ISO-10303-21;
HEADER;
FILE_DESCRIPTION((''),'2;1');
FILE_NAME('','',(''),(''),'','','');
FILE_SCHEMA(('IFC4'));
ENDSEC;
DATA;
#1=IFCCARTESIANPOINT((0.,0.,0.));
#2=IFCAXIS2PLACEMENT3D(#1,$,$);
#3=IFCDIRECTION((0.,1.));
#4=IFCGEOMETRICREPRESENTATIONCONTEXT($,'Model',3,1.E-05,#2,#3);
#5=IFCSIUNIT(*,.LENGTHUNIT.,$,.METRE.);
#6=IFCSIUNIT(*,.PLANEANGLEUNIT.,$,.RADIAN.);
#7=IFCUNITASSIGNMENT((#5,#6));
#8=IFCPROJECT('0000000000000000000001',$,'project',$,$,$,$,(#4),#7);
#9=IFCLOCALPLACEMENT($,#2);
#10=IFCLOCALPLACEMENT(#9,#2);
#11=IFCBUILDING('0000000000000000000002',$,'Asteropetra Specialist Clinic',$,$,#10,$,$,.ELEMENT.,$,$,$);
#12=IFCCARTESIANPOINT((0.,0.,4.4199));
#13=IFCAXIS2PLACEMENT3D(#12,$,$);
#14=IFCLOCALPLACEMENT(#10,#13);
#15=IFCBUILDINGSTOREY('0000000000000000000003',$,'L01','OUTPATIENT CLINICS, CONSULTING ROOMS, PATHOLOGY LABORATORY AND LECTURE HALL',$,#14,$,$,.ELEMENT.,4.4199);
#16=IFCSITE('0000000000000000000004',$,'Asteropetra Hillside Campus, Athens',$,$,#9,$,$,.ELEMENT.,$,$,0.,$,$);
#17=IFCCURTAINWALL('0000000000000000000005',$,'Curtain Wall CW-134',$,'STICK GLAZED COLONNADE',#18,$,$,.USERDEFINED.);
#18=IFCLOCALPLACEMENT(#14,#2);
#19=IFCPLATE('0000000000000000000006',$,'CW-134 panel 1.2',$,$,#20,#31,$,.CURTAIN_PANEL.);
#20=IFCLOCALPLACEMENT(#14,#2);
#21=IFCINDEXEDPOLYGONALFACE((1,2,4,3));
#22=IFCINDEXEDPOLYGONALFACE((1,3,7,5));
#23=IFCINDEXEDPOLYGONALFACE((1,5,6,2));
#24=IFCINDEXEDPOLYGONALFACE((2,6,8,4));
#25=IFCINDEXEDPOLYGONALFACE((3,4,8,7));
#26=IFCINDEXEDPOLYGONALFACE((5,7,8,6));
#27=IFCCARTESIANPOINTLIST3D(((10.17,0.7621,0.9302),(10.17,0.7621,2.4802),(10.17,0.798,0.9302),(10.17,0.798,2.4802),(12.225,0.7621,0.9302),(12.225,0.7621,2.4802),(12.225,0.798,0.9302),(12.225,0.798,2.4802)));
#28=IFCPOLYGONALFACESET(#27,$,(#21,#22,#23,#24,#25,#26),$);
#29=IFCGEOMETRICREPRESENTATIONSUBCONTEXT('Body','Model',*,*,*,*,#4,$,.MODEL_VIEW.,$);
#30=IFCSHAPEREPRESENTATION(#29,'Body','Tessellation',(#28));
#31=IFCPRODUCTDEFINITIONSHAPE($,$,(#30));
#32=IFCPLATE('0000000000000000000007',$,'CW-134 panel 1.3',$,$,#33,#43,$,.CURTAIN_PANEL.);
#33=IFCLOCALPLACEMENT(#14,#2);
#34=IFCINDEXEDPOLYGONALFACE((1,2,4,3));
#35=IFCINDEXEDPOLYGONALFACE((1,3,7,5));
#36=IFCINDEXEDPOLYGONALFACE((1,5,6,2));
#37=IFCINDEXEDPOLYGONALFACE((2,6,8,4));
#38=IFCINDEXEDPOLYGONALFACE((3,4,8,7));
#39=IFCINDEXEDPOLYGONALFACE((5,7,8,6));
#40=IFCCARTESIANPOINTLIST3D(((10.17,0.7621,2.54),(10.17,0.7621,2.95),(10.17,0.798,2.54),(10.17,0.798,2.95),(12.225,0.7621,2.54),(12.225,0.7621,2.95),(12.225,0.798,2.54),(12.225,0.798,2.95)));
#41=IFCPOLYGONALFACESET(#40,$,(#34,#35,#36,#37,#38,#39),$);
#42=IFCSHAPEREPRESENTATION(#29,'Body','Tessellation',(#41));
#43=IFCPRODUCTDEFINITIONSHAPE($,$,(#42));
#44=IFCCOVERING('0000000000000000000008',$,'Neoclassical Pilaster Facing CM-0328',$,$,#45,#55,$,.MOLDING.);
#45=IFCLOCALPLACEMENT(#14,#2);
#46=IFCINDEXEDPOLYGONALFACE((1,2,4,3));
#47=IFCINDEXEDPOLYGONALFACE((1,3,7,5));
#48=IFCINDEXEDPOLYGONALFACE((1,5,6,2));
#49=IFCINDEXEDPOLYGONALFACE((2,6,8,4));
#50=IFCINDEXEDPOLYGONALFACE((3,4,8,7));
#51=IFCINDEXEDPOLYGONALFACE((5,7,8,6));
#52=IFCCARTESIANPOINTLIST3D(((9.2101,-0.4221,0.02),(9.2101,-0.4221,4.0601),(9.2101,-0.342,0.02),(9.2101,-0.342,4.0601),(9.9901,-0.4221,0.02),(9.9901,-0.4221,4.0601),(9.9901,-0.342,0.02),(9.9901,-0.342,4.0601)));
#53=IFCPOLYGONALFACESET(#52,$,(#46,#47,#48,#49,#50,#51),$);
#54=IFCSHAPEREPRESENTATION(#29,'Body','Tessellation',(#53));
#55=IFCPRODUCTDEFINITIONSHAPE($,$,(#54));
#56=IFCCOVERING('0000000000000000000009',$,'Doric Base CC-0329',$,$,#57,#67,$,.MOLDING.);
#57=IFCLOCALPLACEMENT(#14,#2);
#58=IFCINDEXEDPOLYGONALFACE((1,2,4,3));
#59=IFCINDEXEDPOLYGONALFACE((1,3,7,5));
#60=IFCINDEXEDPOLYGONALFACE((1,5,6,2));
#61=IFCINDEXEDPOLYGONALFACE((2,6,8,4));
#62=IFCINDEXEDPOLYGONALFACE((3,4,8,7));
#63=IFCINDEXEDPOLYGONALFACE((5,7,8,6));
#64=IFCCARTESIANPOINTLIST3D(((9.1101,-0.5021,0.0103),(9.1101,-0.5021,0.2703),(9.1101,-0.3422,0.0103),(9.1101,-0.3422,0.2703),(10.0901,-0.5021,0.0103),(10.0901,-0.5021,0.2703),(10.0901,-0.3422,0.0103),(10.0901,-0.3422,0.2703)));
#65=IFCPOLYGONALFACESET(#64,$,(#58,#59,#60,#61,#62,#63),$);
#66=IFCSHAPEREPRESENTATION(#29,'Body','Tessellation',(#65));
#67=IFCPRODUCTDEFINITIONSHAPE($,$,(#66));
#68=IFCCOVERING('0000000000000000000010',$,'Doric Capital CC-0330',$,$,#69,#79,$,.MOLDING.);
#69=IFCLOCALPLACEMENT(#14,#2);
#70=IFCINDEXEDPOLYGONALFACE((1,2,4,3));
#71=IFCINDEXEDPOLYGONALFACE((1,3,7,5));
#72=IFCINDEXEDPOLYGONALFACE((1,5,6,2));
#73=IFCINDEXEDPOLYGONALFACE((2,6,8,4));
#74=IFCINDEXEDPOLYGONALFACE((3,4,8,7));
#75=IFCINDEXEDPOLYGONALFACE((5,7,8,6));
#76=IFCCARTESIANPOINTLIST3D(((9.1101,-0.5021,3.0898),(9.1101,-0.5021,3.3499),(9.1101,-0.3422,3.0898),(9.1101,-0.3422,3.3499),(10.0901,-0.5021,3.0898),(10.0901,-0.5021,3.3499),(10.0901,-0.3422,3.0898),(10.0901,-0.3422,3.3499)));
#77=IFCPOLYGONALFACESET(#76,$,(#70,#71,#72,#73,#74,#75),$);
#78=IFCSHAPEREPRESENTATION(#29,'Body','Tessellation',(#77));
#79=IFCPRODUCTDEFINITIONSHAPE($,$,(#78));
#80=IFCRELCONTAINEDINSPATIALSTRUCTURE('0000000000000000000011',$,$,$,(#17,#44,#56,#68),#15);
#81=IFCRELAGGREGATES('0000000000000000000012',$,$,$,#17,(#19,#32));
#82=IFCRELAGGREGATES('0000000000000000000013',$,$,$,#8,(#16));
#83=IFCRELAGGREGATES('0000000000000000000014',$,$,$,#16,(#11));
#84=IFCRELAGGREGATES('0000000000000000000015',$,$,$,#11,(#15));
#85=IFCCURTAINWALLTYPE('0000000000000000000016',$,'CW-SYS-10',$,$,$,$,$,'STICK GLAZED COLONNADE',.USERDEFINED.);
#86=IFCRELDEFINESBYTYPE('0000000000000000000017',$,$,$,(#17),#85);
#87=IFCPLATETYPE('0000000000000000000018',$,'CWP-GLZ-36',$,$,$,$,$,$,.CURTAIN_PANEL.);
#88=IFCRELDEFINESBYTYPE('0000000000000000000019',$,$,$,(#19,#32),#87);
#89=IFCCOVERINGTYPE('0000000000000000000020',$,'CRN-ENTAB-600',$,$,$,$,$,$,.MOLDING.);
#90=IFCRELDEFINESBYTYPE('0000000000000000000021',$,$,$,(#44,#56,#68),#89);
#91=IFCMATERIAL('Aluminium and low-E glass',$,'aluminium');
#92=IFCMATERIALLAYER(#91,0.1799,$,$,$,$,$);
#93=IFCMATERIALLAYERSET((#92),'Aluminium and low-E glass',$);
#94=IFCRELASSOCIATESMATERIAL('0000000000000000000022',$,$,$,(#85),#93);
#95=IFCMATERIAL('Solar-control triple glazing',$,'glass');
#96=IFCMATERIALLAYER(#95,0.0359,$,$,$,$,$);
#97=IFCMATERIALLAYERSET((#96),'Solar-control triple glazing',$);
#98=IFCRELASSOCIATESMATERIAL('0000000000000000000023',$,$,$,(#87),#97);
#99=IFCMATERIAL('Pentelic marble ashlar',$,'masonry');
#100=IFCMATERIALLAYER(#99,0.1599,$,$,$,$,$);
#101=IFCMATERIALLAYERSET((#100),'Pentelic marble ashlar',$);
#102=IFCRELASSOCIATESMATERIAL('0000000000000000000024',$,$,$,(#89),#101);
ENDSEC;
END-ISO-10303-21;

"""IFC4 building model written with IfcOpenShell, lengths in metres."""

from ifc_helpers import new_model, si_unit, direction, frame, origin, origin_2d, place, context, subcontext, project, spatial, rectangle, extrude, material, layer, layer_set, type_object, element, aggregate, save


model = new_model("IFC4")

# Units and contexts
model_context = context("Model", 3, precision=1e-05, world=origin(), true_north=direction((0.0, 1.0)))
body_context = subcontext(model_context, "Body", "Model", "MODEL_VIEW")
ifc_project = project(units=[si_unit("LENGTHUNIT", "METRE"), si_unit("PLANEANGLEUNIT", "RADIAN")], contexts=[model_context])

# Site, building, storey
site_placement = place(None, origin())
site = spatial("IfcSite", under=ifc_project, at=site_placement, Name="Asteropetra Hillside Campus, Athens", CompositionType="ELEMENT", RefElevation=0.0)
building_placement = place(site_placement, origin())
building = spatial("IfcBuilding", under=site, at=building_placement, Name="Asteropetra Specialist Clinic", CompositionType="ELEMENT")
storey_placement = place(building_placement, frame((0.0, 0.0, 4.4199)))
storey = spatial("IfcBuildingStorey", under=building, at=storey_placement, Name="L01", Description="OUTPATIENT CLINICS, CONSULTING ROOMS, PATHOLOGY LABORATORY AND LECTURE HALL", CompositionType="ELEMENT", Elevation=4.4199)

# Curtain wall
ifc_material_1 = material(Name="Aluminium and low-E glass", Category="aluminium")
ifc_layer_1 = layer(ifc_material_1, 0.1799)
ifc_layer_set_1 = layer_set([ifc_layer_1], Name="Aluminium and low-E glass")
curtain_wall_type_1 = type_object("IfcCurtainWallType", Name="CW-SYS-10", ElementType="STICK GLAZED COLONNADE", PredefinedType="USERDEFINED", material=ifc_layer_set_1)
curtain_wall_1_placement = place(storey_placement, origin())
curtain_wall_1 = element("IfcCurtainWall", 1, at=curtain_wall_1_placement, inside=storey, type_object=curtain_wall_type_1, Name="Curtain Wall CW-134", ObjectType="STICK GLAZED COLONNADE", PredefinedType="USERDEFINED")

# Plates
ifc_material_2 = material(Name="Solar-control triple glazing", Category="glass")
ifc_layer_2 = layer(ifc_material_2, 0.0359)
ifc_layer_set_2 = layer_set([ifc_layer_2], Name="Solar-control triple glazing")
plate_type_1 = type_object("IfcPlateType", Name="CWP-GLZ-36", PredefinedType="CURTAIN_PANEL", material=ifc_layer_set_2)
plate_1_placement = place(storey_placement, frame((11.1975, 0.78, 0.9302), z_axis=(0.0, 0.0, 1.0), x_axis=(1.0, 0.0, 0.0)))
plate_1 = element("IfcPlate", 2, at=plate_1_placement, type_object=plate_type_1, Name="CW-134 panel 1.2", PredefinedType="CURTAIN_PANEL", context=body_context, shape_type="SweptSolid", body=[
    extrude(rectangle(XDim=2.0549, YDim=0.0359, at=origin_2d()), origin(), (0.0, 0.0, 1.0), 1.55),
])
plate_2_placement = place(storey_placement, frame((11.1975, 0.78, 2.54), z_axis=(0.0, 0.0, 1.0), x_axis=(1.0, 0.0, 0.0)))
plate_2 = element("IfcPlate", 3, at=plate_2_placement, type_object=plate_type_1, Name="CW-134 panel 1.3", PredefinedType="CURTAIN_PANEL", context=body_context, shape_type="SweptSolid", body=[
    extrude(rectangle(XDim=2.0549, YDim=0.0359, at=origin_2d()), origin(), (0.0, 0.0, 1.0), 0.4099),
])
aggregate(curtain_wall_1, [plate_1, plate_2])

# Coverings
ifc_material_3 = material(Name="Pentelic marble ashlar", Category="masonry")
ifc_layer_3 = layer(ifc_material_3, 0.1599)
ifc_layer_set_3 = layer_set([ifc_layer_3], Name="Pentelic marble ashlar")
covering_type = type_object("IfcCoveringType", Name="CRN-ENTAB-600", PredefinedType="MOLDING", material=ifc_layer_set_3)
covering_placement = place(storey_placement, frame((9.6001, -0.3821, 0.02), z_axis=(0.0, 0.0, 1.0), x_axis=(1.0, 0.0, 0.0)))
element("IfcCovering", 4, at=covering_placement, inside=storey, type_object=covering_type, Name="Neoclassical Pilaster Facing CM-0328", PredefinedType="MOLDING", context=body_context, shape_type="SweptSolid", body=[
    extrude(rectangle(XDim=0.78, YDim=0.0801, at=origin_2d()), origin(), (0.0, 0.0, 1.0), 4.04),
])
for number, where, z_axis, x_axis, name in (
    (5, (9.6001, -0.4221, 0.0103), (0.0, 0.0, 1.0), (1.0, 0.0, 0.0), "Doric Base CC-0329"),
    (6, (9.6001, -0.4221, 3.0898), (0.0, 0.0, 1.0), (1.0, 0.0, 0.0), "Doric Capital CC-0330"),
):
    element("IfcCovering", number, at=place(storey_placement, frame(where, z_axis=z_axis, x_axis=x_axis)), inside=storey, type_object=covering_type, Name=name, PredefinedType="MOLDING", context=body_context, shape_type="SweptSolid", body=[
        extrude(rectangle(XDim=0.98, YDim=0.1599, at=origin_2d()), origin(), (0.0, 0.0, 1.0), 0.26),
    ])

save(model, "model.ifc")
